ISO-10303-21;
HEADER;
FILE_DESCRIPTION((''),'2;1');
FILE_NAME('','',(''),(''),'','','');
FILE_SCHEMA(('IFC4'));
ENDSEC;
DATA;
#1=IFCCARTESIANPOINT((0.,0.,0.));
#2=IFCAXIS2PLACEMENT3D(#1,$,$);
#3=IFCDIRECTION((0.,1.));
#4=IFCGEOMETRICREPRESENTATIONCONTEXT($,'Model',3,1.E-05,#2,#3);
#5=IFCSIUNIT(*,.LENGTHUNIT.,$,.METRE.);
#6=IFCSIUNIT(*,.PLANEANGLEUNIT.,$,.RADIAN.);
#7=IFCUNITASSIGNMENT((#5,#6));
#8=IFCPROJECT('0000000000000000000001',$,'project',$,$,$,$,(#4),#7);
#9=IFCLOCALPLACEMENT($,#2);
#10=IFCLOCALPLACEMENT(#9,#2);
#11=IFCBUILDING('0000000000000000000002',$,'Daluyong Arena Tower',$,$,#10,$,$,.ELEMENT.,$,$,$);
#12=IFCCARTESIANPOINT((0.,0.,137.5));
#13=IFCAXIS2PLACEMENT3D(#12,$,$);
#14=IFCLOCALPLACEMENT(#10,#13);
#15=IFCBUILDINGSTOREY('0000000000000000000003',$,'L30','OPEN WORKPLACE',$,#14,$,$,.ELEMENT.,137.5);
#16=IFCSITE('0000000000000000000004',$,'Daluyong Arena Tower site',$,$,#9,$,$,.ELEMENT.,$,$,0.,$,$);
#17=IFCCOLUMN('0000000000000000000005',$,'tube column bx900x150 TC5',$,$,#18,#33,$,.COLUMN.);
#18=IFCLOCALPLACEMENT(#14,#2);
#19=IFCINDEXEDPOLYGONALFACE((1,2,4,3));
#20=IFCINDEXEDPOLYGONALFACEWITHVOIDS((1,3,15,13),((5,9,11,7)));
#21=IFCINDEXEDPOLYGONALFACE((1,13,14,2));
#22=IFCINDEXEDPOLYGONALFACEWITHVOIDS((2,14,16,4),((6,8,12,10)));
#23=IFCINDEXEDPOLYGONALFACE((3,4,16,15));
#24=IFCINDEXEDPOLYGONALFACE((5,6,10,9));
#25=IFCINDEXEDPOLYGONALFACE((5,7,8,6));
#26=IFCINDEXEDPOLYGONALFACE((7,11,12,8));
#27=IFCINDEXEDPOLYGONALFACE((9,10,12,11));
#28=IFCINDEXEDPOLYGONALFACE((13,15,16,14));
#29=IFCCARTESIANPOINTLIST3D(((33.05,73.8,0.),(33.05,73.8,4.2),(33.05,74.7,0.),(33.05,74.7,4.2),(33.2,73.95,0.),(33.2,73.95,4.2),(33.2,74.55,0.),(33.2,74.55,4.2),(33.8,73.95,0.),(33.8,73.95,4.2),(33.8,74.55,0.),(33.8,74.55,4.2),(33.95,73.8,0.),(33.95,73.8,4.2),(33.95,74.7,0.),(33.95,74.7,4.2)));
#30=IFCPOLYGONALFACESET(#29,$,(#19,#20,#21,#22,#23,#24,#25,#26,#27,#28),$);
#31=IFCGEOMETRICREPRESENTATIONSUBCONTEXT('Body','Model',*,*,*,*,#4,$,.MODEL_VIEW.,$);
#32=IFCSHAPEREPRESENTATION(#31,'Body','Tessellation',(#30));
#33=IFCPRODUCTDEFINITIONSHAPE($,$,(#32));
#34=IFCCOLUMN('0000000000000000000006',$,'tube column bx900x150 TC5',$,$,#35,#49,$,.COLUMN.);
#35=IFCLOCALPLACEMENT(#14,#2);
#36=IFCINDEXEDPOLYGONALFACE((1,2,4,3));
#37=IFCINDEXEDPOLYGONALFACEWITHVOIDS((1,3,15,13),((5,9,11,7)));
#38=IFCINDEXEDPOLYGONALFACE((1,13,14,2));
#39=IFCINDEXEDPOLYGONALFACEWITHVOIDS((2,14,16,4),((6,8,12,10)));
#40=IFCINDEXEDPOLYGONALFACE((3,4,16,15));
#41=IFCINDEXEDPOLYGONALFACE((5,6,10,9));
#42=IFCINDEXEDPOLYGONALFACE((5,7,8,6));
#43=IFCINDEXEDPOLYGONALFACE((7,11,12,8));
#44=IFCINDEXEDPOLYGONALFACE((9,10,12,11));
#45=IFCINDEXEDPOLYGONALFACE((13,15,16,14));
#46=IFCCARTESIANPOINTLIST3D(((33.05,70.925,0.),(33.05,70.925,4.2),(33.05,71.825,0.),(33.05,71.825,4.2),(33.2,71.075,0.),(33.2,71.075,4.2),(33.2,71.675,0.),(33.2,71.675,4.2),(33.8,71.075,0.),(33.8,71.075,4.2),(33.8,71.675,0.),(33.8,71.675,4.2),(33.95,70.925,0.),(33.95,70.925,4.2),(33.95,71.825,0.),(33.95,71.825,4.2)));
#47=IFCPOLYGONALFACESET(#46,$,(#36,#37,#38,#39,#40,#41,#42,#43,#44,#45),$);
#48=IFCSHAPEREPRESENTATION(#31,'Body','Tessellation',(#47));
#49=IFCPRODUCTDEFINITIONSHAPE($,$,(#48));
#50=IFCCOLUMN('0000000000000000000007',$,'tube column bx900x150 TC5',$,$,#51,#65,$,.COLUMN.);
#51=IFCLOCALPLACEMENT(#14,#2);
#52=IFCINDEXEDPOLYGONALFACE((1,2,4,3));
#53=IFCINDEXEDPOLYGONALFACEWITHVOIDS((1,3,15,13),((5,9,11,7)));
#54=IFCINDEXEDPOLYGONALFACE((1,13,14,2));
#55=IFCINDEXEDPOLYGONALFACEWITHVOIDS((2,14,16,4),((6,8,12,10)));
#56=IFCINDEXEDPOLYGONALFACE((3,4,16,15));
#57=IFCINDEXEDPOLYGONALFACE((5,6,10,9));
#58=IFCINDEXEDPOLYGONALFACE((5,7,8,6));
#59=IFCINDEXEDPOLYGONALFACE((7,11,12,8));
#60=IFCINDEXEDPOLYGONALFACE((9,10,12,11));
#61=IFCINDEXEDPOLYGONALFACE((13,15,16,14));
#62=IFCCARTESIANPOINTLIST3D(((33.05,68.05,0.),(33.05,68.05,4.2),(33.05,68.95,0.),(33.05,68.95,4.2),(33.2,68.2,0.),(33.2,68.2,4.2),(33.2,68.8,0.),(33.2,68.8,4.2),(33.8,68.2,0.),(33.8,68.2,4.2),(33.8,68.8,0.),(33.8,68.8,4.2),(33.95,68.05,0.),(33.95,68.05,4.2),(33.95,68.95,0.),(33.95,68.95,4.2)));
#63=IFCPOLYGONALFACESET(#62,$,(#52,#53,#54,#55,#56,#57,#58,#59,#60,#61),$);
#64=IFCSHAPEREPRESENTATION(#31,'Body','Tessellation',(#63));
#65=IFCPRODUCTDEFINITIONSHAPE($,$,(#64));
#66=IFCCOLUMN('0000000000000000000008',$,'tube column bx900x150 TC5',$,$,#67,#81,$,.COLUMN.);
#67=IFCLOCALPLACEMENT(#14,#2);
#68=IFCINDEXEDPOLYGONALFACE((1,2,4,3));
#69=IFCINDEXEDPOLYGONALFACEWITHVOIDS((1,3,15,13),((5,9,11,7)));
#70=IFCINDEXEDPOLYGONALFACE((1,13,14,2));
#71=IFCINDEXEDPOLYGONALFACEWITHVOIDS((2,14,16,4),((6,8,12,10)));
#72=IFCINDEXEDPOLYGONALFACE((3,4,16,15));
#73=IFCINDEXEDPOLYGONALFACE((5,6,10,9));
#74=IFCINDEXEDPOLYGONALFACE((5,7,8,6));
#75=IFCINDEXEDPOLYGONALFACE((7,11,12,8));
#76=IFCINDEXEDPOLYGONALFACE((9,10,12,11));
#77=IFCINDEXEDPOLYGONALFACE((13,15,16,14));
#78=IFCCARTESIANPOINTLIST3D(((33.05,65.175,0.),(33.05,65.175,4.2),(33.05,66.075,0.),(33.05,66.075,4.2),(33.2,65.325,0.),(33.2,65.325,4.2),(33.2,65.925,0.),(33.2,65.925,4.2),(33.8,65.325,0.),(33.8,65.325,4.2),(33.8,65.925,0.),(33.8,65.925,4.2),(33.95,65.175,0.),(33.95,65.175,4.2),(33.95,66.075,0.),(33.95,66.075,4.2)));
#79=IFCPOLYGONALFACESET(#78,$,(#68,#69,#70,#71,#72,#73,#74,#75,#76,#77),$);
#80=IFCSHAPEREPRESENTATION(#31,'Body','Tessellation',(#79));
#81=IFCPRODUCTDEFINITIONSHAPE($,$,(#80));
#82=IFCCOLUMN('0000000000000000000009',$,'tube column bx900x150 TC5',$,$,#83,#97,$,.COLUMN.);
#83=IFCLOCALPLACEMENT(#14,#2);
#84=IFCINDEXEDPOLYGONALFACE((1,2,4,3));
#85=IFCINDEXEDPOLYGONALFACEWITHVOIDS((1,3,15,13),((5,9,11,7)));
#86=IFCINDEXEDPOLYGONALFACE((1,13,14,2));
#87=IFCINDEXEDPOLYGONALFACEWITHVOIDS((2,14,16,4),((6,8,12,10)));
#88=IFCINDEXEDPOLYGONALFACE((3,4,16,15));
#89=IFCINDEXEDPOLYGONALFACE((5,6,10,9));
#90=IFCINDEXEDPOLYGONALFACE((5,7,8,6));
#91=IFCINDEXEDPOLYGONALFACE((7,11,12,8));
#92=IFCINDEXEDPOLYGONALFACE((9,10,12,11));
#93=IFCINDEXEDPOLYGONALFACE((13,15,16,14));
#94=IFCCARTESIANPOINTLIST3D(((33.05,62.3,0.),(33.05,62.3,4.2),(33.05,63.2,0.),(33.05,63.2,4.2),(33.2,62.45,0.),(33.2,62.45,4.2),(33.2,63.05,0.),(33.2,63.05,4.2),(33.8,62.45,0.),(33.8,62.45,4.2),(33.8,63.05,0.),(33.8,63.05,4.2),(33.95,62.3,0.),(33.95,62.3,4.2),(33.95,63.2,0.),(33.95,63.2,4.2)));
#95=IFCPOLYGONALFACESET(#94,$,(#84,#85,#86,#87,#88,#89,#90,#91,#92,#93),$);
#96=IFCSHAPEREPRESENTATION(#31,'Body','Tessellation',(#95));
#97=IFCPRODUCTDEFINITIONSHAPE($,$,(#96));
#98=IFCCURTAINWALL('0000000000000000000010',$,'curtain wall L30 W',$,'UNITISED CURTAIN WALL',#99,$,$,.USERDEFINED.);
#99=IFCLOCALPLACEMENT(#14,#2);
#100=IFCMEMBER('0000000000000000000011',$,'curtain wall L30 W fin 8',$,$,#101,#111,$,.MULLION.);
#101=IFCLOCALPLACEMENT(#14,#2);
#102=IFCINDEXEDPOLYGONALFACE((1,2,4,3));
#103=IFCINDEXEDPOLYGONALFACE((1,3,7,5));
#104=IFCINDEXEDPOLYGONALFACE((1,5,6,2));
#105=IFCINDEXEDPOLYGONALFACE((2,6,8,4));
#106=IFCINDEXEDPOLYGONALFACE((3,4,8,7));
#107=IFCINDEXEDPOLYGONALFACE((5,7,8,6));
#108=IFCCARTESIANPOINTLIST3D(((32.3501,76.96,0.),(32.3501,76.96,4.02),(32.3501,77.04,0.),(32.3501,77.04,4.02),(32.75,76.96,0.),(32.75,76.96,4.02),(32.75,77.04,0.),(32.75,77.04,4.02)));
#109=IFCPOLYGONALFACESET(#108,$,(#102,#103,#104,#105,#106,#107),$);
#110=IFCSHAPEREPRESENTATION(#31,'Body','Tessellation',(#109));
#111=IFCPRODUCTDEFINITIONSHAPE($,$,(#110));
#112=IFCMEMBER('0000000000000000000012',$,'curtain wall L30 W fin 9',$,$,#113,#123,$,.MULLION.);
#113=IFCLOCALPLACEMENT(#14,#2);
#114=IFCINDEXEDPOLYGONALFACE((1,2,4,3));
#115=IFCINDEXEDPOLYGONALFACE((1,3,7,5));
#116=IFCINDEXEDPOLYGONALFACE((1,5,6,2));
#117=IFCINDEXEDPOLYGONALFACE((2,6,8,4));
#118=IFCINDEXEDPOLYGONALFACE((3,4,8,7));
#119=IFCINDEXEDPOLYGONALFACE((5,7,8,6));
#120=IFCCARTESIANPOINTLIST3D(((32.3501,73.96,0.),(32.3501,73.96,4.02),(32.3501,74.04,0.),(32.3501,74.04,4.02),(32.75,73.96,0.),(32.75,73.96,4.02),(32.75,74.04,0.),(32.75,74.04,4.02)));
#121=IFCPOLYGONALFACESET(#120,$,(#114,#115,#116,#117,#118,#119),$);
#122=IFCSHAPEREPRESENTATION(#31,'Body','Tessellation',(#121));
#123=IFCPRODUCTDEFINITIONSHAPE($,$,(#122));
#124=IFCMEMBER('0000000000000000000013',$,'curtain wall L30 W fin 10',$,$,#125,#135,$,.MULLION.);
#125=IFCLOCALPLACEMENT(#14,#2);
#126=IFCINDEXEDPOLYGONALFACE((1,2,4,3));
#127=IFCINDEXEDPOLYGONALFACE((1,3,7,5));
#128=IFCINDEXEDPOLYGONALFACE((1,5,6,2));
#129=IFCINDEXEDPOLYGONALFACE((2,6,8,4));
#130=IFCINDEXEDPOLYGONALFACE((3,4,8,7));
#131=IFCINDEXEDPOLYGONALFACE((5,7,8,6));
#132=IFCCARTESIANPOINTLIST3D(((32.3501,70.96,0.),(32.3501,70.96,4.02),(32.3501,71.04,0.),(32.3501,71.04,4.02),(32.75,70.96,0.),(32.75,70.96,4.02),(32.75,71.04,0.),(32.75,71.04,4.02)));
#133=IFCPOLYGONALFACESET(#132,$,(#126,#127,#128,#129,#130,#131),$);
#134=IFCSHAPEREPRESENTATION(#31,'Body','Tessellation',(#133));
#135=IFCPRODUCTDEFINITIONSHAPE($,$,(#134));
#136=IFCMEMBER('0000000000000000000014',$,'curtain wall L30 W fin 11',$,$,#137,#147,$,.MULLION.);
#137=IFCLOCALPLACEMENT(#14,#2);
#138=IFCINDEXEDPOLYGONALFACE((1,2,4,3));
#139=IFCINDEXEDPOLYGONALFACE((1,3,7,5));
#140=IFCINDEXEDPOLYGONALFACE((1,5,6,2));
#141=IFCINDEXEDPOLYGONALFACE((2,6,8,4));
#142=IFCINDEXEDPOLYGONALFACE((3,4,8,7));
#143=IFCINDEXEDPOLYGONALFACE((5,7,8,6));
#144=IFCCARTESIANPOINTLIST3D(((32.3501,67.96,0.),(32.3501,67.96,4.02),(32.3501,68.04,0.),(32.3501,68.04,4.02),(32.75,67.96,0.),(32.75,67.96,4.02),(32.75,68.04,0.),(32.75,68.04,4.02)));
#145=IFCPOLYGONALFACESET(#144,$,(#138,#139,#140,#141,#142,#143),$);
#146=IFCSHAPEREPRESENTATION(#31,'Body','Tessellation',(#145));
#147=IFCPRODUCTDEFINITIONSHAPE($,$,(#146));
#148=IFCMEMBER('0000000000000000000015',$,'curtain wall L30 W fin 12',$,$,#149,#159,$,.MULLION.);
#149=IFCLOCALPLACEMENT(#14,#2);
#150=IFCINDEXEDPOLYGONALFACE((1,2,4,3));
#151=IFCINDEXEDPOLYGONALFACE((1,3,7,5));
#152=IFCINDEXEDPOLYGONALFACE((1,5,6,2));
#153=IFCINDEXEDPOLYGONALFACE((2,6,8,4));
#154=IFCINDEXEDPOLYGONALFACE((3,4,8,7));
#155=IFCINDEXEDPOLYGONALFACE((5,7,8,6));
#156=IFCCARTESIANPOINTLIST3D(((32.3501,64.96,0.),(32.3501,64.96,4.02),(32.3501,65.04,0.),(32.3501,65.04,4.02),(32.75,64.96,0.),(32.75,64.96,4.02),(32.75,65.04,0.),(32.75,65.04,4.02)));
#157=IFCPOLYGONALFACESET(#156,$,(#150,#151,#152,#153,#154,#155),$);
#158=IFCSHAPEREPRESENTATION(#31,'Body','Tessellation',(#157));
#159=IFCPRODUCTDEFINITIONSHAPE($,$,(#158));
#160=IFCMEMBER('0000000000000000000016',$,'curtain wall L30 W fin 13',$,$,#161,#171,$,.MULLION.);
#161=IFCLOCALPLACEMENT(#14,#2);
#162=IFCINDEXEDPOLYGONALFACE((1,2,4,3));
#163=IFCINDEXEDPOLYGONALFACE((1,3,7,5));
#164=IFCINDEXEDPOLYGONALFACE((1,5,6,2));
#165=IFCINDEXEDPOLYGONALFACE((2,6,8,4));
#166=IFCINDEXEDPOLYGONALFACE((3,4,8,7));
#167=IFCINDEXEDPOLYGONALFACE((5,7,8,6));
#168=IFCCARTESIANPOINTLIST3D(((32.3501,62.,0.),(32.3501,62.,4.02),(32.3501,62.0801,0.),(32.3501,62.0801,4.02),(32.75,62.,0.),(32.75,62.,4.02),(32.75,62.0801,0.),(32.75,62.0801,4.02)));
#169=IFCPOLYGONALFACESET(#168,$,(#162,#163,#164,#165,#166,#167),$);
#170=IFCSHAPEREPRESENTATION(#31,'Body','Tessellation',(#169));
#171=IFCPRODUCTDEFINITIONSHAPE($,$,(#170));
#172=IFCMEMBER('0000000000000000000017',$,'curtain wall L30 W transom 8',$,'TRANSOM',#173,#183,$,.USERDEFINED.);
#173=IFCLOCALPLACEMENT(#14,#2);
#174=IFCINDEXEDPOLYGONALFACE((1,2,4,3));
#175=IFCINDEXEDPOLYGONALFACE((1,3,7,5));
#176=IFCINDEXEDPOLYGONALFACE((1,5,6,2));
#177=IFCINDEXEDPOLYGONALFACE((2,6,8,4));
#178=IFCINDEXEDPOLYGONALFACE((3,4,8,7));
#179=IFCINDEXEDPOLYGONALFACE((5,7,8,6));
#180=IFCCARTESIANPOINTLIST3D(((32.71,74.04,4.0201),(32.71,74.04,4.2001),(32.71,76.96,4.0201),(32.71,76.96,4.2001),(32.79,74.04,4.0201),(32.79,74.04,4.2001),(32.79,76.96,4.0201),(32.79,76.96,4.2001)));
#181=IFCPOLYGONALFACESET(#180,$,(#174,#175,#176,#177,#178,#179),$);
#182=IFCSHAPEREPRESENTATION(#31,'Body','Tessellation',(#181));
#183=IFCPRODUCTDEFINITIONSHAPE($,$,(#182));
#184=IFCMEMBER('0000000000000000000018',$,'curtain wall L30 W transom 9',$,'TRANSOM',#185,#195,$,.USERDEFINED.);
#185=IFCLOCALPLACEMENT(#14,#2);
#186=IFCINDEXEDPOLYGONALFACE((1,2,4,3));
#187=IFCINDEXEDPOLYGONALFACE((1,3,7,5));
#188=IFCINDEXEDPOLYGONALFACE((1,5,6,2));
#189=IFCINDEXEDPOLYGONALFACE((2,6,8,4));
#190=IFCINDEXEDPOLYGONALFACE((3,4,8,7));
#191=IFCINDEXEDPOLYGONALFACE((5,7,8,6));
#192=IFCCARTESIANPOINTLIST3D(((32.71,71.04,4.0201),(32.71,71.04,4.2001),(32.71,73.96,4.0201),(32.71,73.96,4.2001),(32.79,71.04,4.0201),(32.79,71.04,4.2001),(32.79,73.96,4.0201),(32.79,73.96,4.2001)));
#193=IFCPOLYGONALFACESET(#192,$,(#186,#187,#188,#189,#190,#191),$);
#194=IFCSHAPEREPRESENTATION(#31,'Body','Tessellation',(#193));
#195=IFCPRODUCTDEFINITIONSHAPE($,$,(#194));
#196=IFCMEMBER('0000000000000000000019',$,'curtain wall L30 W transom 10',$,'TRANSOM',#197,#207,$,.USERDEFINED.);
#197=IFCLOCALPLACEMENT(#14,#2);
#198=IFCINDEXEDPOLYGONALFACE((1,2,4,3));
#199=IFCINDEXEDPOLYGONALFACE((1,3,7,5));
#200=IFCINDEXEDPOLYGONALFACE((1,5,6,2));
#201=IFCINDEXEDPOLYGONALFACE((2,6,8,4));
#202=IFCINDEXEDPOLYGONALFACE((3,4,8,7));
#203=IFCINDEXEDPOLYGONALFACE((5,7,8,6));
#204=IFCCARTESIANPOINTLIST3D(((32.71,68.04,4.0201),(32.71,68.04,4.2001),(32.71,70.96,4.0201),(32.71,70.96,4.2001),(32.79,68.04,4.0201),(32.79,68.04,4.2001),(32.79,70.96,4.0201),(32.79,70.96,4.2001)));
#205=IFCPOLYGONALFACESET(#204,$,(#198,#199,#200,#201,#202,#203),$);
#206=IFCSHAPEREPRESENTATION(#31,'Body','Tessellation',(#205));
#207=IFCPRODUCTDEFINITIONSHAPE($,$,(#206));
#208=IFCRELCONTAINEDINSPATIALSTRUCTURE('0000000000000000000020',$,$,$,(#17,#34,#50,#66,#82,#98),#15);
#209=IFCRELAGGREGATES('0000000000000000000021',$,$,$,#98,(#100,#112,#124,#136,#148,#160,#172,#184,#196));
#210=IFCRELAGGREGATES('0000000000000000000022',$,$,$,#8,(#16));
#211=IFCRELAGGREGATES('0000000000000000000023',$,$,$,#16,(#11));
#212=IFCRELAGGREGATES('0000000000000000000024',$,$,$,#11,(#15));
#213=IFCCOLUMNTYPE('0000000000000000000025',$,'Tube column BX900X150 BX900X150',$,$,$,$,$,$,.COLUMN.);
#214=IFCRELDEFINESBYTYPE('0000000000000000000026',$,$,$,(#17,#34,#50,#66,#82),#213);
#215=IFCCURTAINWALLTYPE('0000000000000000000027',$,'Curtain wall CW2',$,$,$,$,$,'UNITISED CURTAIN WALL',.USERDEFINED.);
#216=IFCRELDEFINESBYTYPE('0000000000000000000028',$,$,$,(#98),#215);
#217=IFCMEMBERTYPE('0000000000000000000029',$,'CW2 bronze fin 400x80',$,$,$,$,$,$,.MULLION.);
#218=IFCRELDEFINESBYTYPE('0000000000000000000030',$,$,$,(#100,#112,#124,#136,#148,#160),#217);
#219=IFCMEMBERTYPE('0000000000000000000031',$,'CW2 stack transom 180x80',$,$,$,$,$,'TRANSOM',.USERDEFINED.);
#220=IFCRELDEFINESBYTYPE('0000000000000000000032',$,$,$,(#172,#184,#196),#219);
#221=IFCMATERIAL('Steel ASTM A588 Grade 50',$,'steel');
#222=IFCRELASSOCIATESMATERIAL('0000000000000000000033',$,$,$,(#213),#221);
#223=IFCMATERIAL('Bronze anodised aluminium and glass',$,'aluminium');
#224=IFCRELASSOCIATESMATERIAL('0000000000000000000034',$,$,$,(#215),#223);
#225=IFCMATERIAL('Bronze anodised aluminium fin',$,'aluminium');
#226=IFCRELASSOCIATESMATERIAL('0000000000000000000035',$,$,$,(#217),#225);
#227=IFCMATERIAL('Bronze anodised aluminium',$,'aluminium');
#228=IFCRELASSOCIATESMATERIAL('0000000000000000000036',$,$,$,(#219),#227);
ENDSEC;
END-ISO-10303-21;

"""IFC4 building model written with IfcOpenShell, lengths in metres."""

from ifc_helpers import new_model, si_unit, direction, frame, origin, origin_2d, place, context, subcontext, project, spatial, rectangle, hollow_rectangle, extrude, material, material_profile, profile_set, type_object, element, aggregate, save


model = new_model("IFC4")

# Units and contexts
model_context = context("Model", 3, precision=1e-05, world=origin(), true_north=direction((0.0, 1.0)))
body_context = subcontext(model_context, "Body", "Model", "MODEL_VIEW")
ifc_project = project(units=[si_unit("LENGTHUNIT", "METRE"), si_unit("PLANEANGLEUNIT", "RADIAN")], contexts=[model_context])

# Site, building, storey
site_placement = place(None, origin())
site = spatial("IfcSite", under=ifc_project, at=site_placement, Name="Daluyong Arena Tower site", CompositionType="ELEMENT", RefElevation=0.0)
building_placement = place(site_placement, origin())
building = spatial("IfcBuilding", under=site, at=building_placement, Name="Daluyong Arena Tower", CompositionType="ELEMENT")
storey_placement = place(building_placement, frame((0.0, 0.0, 137.5)))
storey = spatial("IfcBuildingStorey", under=building, at=storey_placement, Name="L30", Description="OPEN WORKPLACE", CompositionType="ELEMENT", Elevation=137.5)

# Columns
ifc_material_1 = material(Name="Steel ASTM A588 Grade 50", Category="steel")
ifc_material_profile_1 = material_profile(ifc_material_1, hollow_rectangle(XDim=0.8999, YDim=0.8999, WallThickness=0.15, at=origin_2d()))
ifc_profile_set_1 = profile_set([ifc_material_profile_1], Name="Steel ASTM A588 Grade 50")
column_type = type_object("IfcColumnType", Name="Tube column BX900X150 BX900X150", PredefinedType="COLUMN", material=ifc_profile_set_1)
for number, where, z_axis, x_axis, name in (
    (1, (33.5, 74.25, 0.0), (0.0, 0.0, 1.0), (0.0, 1.0, 0.0), "tube column bx900x150 TC5"),
    (2, (33.5, 71.375, 0.0), (0.0, 0.0, 1.0), (0.0, 1.0, 0.0), "tube column bx900x150 TC5"),
    (3, (33.5, 68.5, 0.0), (0.0, 0.0, 1.0), (0.0, 1.0, 0.0), "tube column bx900x150 TC5"),
    (4, (33.5, 65.625, 0.0), (0.0, 0.0, 1.0), (0.0, 1.0, 0.0), "tube column bx900x150 TC5"),
    (5, (33.5, 62.75, 0.0), (0.0, 0.0, 1.0), (1.0, 0.0, 0.0), "tube column bx900x150 TC5"),
):
    element("IfcColumn", number, at=place(storey_placement, frame(where, z_axis=z_axis, x_axis=x_axis)), inside=storey, type_object=column_type, Name=name, PredefinedType="COLUMN", context=body_context, shape_type="SweptSolid", body=[
        extrude(hollow_rectangle(XDim=0.8999, YDim=0.8999, WallThickness=0.15, at=origin_2d()), origin(), (0.0, 0.0, 1.0), 4.2),
    ])

# Curtain wall, members
ifc_material_2 = material(Name="Bronze anodised aluminium and glass", Category="aluminium")
curtain_wall_type_1 = type_object("IfcCurtainWallType", Name="Curtain wall CW2", ElementType="UNITISED CURTAIN WALL", PredefinedType="USERDEFINED", material=ifc_material_2)
curtain_wall_1_placement = place(storey_placement, origin())
curtain_wall_1 = element("IfcCurtainWall", 6, at=curtain_wall_1_placement, inside=storey, type_object=curtain_wall_type_1, Name="curtain wall L30 W", ObjectType="UNITISED CURTAIN WALL", PredefinedType="USERDEFINED")
ifc_material_3 = material(Name="Bronze anodised aluminium fin", Category="aluminium")
ifc_material_profile_2 = material_profile(ifc_material_3, rectangle(XDim=0.3999, YDim=0.0801, at=origin_2d()))
ifc_profile_set_2 = profile_set([ifc_material_profile_2], Name="Bronze anodised aluminium fin")
member_type_1 = type_object("IfcMemberType", Name="CW2 bronze fin 400x80", PredefinedType="MULLION", material=ifc_profile_set_2)
member_1_placement = place(storey_placement, frame((32.55, 77.0, 0.0), z_axis=(0.0, 0.0, 1.0), x_axis=(1.0, 0.0, 0.0)))
member_1 = element("IfcMember", 7, at=member_1_placement, type_object=member_type_1, Name="curtain wall L30 W fin 8", PredefinedType="MULLION", context=body_context, shape_type="SweptSolid", body=[
    extrude(rectangle(XDim=0.3999, YDim=0.0801, at=origin_2d()), origin(), (0.0, 0.0, 1.0), 4.02),
])
member_2_placement = place(storey_placement, frame((32.55, 74.0, 0.0), z_axis=(0.0, 0.0, 1.0), x_axis=(1.0, 0.0, 0.0)))
member_2 = element("IfcMember", 8, at=member_2_placement, type_object=member_type_1, Name="curtain wall L30 W fin 9", PredefinedType="MULLION", context=body_context, shape_type="SweptSolid", body=[
    extrude(rectangle(XDim=0.3999, YDim=0.0801, at=origin_2d()), origin(), (0.0, 0.0, 1.0), 4.02),
])
member_3_placement = place(storey_placement, frame((32.55, 71.0, 0.0), z_axis=(0.0, 0.0, 1.0), x_axis=(1.0, 0.0, 0.0)))
member_3 = element("IfcMember", 9, at=member_3_placement, type_object=member_type_1, Name="curtain wall L30 W fin 10", PredefinedType="MULLION", context=body_context, shape_type="SweptSolid", body=[
    extrude(rectangle(XDim=0.3999, YDim=0.0801, at=origin_2d()), origin(), (0.0, 0.0, 1.0), 4.02),
])
member_4_placement = place(storey_placement, frame((32.55, 68.0, 0.0), z_axis=(0.0, 0.0, 1.0), x_axis=(1.0, 0.0, 0.0)))
member_4 = element("IfcMember", 10, at=member_4_placement, type_object=member_type_1, Name="curtain wall L30 W fin 11", PredefinedType="MULLION", context=body_context, shape_type="SweptSolid", body=[
    extrude(rectangle(XDim=0.3999, YDim=0.0801, at=origin_2d()), origin(), (0.0, 0.0, 1.0), 4.02),
])
member_5_placement = place(storey_placement, frame((32.55, 65.0, 0.0), z_axis=(0.0, 0.0, 1.0), x_axis=(1.0, 0.0, 0.0)))
member_5 = element("IfcMember", 11, at=member_5_placement, type_object=member_type_1, Name="curtain wall L30 W fin 12", PredefinedType="MULLION", context=body_context, shape_type="SweptSolid", body=[
    extrude(rectangle(XDim=0.3999, YDim=0.0801, at=origin_2d()), origin(), (0.0, 0.0, 1.0), 4.02),
])
member_6_placement = place(storey_placement, frame((32.55, 62.04, 0.0), z_axis=(0.0, 0.0, 1.0), x_axis=(1.0, 0.0, 0.0)))
member_6 = element("IfcMember", 12, at=member_6_placement, type_object=member_type_1, Name="curtain wall L30 W fin 13", PredefinedType="MULLION", context=body_context, shape_type="SweptSolid", body=[
    extrude(rectangle(XDim=0.3999, YDim=0.0801, at=origin_2d()), origin(), (0.0, 0.0, 1.0), 4.02),
])
ifc_material_4 = material(Name="Bronze anodised aluminium", Category="aluminium")
ifc_material_profile_3 = material_profile(ifc_material_4, rectangle(XDim=0.0801, YDim=0.1799, at=origin_2d()))
ifc_profile_set_3 = profile_set([ifc_material_profile_3], Name="Bronze anodised aluminium")
member_type_2 = type_object("IfcMemberType", Name="CW2 stack transom 180x80", ElementType="TRANSOM", PredefinedType="USERDEFINED", material=ifc_profile_set_3)
member_7_placement = place(storey_placement, frame((32.75, 76.96, 4.1101), z_axis=(0.0, -1.0, 0.0), x_axis=(1.0, 0.0, 0.0)))
member_7 = element("IfcMember", 13, at=member_7_placement, type_object=member_type_2, Name="curtain wall L30 W transom 8", ObjectType="TRANSOM", PredefinedType="USERDEFINED", context=body_context, shape_type="SweptSolid", body=[
    extrude(rectangle(XDim=0.0801, YDim=0.1799, at=origin_2d()), origin(), (0.0, 0.0, 1.0), 2.9199),
])
member_8_placement = place(storey_placement, frame((32.75, 73.96, 4.1101), z_axis=(0.0, -1.0, 0.0), x_axis=(1.0, 0.0, 0.0)))
member_8 = element("IfcMember", 14, at=member_8_placement, type_object=member_type_2, Name="curtain wall L30 W transom 9", ObjectType="TRANSOM", PredefinedType="USERDEFINED", context=body_context, shape_type="SweptSolid", body=[
    extrude(rectangle(XDim=0.0801, YDim=0.1799, at=origin_2d()), origin(), (0.0, 0.0, 1.0), 2.9199),
])
member_9_placement = place(storey_placement, frame((32.75, 70.96, 4.1101), z_axis=(0.0, -1.0, 0.0), x_axis=(1.0, 0.0, 0.0)))
member_9 = element("IfcMember", 15, at=member_9_placement, type_object=member_type_2, Name="curtain wall L30 W transom 10", ObjectType="TRANSOM", PredefinedType="USERDEFINED", context=body_context, shape_type="SweptSolid", body=[
    extrude(rectangle(XDim=0.0801, YDim=0.1799, at=origin_2d()), origin(), (0.0, 0.0, 1.0), 2.9199),
])

aggregate(curtain_wall_1, [member_1, member_2, member_3, member_4, member_5, member_6, member_7, member_8, member_9])

save(model, "model.ifc")
